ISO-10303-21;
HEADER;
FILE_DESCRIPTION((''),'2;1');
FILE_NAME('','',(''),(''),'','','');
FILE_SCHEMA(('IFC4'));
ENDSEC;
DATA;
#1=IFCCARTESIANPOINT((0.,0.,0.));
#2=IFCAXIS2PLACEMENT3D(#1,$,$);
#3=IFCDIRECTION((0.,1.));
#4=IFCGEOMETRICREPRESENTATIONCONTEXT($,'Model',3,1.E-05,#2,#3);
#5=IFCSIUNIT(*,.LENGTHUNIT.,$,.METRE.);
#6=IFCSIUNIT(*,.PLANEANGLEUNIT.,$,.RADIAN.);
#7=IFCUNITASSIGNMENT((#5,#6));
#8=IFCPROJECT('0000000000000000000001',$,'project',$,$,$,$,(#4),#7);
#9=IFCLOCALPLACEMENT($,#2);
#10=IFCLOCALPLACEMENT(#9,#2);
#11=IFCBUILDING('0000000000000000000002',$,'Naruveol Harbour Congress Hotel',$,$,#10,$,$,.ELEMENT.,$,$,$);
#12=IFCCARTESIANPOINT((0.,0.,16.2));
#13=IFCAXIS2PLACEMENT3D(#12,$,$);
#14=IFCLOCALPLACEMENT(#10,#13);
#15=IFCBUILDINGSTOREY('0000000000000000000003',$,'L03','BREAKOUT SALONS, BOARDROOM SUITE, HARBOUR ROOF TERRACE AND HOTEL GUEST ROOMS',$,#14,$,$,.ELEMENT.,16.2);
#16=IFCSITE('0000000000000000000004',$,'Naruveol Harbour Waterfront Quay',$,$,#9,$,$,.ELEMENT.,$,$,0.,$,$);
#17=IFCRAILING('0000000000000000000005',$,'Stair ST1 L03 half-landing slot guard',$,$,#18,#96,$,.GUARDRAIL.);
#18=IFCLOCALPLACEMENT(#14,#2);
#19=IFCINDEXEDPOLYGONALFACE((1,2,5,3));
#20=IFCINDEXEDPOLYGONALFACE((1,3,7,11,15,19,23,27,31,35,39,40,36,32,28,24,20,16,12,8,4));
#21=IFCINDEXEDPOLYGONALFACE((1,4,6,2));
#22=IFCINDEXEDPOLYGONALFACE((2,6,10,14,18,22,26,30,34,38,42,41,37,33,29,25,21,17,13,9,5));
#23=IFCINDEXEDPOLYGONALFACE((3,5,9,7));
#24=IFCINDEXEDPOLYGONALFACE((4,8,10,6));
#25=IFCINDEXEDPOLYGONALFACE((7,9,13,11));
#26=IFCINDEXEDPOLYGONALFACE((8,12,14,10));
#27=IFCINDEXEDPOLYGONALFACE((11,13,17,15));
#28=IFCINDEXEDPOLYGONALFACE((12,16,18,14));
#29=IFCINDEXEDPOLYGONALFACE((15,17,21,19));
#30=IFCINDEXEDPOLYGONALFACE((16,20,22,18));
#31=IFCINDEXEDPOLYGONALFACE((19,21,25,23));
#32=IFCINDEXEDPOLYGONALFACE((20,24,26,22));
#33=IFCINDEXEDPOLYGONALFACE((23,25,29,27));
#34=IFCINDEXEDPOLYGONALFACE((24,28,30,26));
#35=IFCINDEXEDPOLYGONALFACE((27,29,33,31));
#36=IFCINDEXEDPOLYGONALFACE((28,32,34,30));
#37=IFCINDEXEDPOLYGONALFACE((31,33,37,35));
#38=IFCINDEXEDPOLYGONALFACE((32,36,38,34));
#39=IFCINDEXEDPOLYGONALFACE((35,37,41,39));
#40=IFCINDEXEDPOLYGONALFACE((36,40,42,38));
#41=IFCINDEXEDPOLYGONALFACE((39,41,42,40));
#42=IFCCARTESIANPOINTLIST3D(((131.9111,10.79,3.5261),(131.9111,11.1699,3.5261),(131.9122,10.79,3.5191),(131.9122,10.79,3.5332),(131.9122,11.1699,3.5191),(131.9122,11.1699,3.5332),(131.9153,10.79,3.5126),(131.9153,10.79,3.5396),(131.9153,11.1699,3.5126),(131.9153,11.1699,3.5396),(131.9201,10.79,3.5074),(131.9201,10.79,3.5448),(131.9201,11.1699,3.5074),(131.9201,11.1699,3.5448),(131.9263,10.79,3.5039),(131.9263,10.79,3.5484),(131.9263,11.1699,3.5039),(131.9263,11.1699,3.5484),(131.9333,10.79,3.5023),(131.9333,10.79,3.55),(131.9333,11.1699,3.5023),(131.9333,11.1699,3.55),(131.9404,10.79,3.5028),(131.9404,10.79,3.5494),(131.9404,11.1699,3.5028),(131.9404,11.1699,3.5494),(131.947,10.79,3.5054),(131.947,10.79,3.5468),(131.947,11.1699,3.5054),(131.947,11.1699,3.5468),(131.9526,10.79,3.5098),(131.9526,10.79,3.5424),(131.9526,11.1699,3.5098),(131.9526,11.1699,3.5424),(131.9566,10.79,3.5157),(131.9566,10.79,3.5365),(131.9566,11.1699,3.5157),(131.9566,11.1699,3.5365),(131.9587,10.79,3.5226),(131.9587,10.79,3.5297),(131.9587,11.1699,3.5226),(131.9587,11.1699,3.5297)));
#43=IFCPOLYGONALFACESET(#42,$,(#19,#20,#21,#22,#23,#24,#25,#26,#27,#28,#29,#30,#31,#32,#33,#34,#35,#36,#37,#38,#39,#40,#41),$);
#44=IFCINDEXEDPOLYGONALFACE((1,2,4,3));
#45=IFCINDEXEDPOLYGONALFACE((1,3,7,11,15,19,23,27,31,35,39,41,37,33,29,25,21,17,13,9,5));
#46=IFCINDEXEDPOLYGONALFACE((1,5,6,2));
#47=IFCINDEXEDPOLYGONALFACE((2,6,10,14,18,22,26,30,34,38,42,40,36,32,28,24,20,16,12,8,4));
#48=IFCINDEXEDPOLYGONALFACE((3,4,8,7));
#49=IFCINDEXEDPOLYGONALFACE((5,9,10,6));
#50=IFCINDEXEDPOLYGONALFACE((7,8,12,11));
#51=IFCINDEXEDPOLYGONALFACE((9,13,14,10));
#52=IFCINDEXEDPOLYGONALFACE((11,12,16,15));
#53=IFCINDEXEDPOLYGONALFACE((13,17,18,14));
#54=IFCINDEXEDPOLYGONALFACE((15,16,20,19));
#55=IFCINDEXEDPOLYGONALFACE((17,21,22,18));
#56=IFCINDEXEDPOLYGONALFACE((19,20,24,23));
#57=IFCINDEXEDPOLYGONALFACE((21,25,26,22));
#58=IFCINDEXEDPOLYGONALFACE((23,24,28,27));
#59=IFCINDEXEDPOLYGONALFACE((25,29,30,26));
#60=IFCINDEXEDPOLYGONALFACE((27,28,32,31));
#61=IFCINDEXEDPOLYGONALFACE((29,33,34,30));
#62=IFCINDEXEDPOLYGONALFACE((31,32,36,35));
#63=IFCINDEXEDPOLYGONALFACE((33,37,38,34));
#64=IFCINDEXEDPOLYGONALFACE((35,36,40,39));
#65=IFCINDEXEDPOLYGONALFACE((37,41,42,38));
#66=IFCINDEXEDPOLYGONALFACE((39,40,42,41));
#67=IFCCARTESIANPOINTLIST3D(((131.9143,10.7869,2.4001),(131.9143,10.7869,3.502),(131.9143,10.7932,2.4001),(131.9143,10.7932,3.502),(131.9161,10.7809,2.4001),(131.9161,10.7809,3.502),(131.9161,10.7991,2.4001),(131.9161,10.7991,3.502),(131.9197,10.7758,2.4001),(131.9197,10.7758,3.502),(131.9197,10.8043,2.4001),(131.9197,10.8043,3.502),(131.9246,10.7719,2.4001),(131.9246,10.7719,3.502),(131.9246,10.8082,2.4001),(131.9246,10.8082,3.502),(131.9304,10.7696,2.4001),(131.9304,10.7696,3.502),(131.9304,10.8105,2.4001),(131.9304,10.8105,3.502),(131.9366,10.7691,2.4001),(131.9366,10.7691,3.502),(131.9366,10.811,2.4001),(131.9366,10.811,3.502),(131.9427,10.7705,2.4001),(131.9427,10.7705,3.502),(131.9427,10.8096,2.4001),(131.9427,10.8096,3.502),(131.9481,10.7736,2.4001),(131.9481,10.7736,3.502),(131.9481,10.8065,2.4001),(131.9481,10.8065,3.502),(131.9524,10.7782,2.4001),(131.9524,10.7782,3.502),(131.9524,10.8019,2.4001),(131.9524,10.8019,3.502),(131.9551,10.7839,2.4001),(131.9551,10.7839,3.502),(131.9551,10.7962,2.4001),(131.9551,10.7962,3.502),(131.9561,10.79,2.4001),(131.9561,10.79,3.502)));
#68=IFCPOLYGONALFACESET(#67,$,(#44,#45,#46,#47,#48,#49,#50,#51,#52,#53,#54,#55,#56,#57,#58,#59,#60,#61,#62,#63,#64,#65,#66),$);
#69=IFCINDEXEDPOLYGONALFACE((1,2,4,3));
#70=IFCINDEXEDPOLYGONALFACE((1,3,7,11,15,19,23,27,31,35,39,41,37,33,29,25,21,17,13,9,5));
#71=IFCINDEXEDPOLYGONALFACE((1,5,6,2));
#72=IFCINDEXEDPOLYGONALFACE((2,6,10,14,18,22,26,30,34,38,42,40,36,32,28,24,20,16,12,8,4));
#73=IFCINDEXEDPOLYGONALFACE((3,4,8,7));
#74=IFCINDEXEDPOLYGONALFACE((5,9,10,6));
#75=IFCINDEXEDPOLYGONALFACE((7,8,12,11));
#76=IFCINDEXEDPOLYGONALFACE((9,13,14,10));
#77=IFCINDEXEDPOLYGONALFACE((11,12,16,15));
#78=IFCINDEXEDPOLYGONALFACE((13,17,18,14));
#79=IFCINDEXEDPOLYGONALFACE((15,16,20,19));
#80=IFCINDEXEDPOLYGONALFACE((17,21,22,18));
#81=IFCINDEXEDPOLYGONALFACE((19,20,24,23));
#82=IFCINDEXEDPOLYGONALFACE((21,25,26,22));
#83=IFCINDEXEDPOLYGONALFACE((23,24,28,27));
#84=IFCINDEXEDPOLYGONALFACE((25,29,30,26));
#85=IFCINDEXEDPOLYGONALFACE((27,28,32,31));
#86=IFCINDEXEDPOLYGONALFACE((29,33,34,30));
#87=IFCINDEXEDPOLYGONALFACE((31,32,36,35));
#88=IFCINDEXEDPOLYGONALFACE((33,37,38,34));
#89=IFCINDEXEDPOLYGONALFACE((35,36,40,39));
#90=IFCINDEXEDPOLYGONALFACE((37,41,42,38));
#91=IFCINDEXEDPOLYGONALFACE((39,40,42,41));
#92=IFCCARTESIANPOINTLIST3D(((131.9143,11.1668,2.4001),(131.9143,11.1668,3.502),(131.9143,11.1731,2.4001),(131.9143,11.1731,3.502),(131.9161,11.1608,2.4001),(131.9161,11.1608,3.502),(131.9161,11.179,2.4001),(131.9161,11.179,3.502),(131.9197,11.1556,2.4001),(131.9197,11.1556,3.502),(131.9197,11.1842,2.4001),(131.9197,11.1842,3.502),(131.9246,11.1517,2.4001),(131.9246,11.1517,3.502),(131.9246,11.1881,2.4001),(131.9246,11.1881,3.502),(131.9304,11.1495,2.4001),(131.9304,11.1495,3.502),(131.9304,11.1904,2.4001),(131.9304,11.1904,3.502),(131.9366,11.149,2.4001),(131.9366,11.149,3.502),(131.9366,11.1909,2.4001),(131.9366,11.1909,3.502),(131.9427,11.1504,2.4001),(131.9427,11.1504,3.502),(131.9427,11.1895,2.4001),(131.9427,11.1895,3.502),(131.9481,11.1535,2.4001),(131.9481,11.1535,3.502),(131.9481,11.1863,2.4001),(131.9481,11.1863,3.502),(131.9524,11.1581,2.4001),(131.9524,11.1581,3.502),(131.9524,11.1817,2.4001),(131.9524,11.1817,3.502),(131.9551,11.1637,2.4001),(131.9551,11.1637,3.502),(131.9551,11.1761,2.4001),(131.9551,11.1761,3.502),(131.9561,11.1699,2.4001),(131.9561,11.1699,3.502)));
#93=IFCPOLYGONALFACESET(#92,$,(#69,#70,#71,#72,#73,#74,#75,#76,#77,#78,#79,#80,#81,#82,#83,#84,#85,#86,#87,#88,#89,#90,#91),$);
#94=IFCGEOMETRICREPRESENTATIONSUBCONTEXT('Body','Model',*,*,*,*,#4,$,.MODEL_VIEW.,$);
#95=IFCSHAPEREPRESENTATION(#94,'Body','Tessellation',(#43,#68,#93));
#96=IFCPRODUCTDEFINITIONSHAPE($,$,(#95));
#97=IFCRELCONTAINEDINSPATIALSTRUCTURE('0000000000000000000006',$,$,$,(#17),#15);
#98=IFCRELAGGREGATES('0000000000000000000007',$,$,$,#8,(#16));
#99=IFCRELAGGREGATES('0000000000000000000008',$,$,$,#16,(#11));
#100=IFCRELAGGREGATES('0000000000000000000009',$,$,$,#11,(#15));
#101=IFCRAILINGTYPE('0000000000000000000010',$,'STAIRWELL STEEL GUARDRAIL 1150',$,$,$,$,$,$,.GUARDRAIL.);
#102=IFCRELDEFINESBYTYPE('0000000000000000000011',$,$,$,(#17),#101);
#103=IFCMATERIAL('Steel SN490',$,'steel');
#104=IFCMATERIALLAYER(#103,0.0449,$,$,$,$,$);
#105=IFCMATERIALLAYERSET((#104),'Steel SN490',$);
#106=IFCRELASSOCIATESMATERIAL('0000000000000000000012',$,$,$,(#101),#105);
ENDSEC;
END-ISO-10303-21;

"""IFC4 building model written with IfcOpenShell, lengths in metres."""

from ifc_helpers import new_model, si_unit, direction, frame, origin, origin_2d, place, context, subcontext, project, spatial, circle, extrude, material, layer, layer_set, type_object, element, save


model = new_model("IFC4")

# Units and contexts
model_context = context("Model", 3, precision=1e-05, world=origin(), true_north=direction((0.0, 1.0)))
body_context = subcontext(model_context, "Body", "Model", "MODEL_VIEW")
ifc_project = project(units=[si_unit("LENGTHUNIT", "METRE"), si_unit("PLANEANGLEUNIT", "RADIAN")], contexts=[model_context])

# Site, building, storey
site_placement = place(None, origin())
site = spatial("IfcSite", under=ifc_project, at=site_placement, Name="Naruveol Harbour Waterfront Quay", CompositionType="ELEMENT", RefElevation=0.0)
building_placement = place(site_placement, origin())
building = spatial("IfcBuilding", under=site, at=building_placement, Name="Naruveol Harbour Congress Hotel", CompositionType="ELEMENT")
storey_placement = place(building_placement, frame((0.0, 0.0, 16.2)))
storey = spatial("IfcBuildingStorey", under=building, at=storey_placement, Name="L03", Description="BREAKOUT SALONS, BOARDROOM SUITE, HARBOUR ROOF TERRACE AND HOTEL GUEST ROOMS", CompositionType="ELEMENT", Elevation=16.2)

# Railing
ifc_material_1 = material(Name="Steel SN490", Category="steel")
ifc_layer_1 = layer(ifc_material_1, 0.0449)
ifc_layer_set_1 = layer_set([ifc_layer_1], Name="Steel SN490")
railing_type_1 = type_object("IfcRailingType", Name="STAIRWELL STEEL GUARDRAIL 1150", PredefinedType="GUARDRAIL", material=ifc_layer_set_1)
railing_1_placement = place(storey_placement, frame((131.9351, 10.79, 2.4001)))
element("IfcRailing", 1, at=railing_1_placement, inside=storey, type_object=railing_type_1, Name="Stair ST1 L03 half-landing slot guard", PredefinedType="GUARDRAIL", context=body_context, shape_type="SweptSolid", body=[
    extrude(circle(Radius=0.0239, at=origin_2d()), frame((0.0, 0.0, 1.126), z_axis=(0.0, 1.0, 0.0), x_axis=(-1.0, 0.0, 0.0)), (0.0, 0.0, 1.0), 0.3799),
    extrude(circle(Radius=0.021, at=origin_2d()), origin(), (0.0, 0.0, 1.0), 1.1018),
    extrude(circle(Radius=0.021, at=origin_2d()), frame((0.0, 0.3799, 0.0)), (0.0, 0.0, 1.0), 1.1018),
])

save(model, "model.ifc")
